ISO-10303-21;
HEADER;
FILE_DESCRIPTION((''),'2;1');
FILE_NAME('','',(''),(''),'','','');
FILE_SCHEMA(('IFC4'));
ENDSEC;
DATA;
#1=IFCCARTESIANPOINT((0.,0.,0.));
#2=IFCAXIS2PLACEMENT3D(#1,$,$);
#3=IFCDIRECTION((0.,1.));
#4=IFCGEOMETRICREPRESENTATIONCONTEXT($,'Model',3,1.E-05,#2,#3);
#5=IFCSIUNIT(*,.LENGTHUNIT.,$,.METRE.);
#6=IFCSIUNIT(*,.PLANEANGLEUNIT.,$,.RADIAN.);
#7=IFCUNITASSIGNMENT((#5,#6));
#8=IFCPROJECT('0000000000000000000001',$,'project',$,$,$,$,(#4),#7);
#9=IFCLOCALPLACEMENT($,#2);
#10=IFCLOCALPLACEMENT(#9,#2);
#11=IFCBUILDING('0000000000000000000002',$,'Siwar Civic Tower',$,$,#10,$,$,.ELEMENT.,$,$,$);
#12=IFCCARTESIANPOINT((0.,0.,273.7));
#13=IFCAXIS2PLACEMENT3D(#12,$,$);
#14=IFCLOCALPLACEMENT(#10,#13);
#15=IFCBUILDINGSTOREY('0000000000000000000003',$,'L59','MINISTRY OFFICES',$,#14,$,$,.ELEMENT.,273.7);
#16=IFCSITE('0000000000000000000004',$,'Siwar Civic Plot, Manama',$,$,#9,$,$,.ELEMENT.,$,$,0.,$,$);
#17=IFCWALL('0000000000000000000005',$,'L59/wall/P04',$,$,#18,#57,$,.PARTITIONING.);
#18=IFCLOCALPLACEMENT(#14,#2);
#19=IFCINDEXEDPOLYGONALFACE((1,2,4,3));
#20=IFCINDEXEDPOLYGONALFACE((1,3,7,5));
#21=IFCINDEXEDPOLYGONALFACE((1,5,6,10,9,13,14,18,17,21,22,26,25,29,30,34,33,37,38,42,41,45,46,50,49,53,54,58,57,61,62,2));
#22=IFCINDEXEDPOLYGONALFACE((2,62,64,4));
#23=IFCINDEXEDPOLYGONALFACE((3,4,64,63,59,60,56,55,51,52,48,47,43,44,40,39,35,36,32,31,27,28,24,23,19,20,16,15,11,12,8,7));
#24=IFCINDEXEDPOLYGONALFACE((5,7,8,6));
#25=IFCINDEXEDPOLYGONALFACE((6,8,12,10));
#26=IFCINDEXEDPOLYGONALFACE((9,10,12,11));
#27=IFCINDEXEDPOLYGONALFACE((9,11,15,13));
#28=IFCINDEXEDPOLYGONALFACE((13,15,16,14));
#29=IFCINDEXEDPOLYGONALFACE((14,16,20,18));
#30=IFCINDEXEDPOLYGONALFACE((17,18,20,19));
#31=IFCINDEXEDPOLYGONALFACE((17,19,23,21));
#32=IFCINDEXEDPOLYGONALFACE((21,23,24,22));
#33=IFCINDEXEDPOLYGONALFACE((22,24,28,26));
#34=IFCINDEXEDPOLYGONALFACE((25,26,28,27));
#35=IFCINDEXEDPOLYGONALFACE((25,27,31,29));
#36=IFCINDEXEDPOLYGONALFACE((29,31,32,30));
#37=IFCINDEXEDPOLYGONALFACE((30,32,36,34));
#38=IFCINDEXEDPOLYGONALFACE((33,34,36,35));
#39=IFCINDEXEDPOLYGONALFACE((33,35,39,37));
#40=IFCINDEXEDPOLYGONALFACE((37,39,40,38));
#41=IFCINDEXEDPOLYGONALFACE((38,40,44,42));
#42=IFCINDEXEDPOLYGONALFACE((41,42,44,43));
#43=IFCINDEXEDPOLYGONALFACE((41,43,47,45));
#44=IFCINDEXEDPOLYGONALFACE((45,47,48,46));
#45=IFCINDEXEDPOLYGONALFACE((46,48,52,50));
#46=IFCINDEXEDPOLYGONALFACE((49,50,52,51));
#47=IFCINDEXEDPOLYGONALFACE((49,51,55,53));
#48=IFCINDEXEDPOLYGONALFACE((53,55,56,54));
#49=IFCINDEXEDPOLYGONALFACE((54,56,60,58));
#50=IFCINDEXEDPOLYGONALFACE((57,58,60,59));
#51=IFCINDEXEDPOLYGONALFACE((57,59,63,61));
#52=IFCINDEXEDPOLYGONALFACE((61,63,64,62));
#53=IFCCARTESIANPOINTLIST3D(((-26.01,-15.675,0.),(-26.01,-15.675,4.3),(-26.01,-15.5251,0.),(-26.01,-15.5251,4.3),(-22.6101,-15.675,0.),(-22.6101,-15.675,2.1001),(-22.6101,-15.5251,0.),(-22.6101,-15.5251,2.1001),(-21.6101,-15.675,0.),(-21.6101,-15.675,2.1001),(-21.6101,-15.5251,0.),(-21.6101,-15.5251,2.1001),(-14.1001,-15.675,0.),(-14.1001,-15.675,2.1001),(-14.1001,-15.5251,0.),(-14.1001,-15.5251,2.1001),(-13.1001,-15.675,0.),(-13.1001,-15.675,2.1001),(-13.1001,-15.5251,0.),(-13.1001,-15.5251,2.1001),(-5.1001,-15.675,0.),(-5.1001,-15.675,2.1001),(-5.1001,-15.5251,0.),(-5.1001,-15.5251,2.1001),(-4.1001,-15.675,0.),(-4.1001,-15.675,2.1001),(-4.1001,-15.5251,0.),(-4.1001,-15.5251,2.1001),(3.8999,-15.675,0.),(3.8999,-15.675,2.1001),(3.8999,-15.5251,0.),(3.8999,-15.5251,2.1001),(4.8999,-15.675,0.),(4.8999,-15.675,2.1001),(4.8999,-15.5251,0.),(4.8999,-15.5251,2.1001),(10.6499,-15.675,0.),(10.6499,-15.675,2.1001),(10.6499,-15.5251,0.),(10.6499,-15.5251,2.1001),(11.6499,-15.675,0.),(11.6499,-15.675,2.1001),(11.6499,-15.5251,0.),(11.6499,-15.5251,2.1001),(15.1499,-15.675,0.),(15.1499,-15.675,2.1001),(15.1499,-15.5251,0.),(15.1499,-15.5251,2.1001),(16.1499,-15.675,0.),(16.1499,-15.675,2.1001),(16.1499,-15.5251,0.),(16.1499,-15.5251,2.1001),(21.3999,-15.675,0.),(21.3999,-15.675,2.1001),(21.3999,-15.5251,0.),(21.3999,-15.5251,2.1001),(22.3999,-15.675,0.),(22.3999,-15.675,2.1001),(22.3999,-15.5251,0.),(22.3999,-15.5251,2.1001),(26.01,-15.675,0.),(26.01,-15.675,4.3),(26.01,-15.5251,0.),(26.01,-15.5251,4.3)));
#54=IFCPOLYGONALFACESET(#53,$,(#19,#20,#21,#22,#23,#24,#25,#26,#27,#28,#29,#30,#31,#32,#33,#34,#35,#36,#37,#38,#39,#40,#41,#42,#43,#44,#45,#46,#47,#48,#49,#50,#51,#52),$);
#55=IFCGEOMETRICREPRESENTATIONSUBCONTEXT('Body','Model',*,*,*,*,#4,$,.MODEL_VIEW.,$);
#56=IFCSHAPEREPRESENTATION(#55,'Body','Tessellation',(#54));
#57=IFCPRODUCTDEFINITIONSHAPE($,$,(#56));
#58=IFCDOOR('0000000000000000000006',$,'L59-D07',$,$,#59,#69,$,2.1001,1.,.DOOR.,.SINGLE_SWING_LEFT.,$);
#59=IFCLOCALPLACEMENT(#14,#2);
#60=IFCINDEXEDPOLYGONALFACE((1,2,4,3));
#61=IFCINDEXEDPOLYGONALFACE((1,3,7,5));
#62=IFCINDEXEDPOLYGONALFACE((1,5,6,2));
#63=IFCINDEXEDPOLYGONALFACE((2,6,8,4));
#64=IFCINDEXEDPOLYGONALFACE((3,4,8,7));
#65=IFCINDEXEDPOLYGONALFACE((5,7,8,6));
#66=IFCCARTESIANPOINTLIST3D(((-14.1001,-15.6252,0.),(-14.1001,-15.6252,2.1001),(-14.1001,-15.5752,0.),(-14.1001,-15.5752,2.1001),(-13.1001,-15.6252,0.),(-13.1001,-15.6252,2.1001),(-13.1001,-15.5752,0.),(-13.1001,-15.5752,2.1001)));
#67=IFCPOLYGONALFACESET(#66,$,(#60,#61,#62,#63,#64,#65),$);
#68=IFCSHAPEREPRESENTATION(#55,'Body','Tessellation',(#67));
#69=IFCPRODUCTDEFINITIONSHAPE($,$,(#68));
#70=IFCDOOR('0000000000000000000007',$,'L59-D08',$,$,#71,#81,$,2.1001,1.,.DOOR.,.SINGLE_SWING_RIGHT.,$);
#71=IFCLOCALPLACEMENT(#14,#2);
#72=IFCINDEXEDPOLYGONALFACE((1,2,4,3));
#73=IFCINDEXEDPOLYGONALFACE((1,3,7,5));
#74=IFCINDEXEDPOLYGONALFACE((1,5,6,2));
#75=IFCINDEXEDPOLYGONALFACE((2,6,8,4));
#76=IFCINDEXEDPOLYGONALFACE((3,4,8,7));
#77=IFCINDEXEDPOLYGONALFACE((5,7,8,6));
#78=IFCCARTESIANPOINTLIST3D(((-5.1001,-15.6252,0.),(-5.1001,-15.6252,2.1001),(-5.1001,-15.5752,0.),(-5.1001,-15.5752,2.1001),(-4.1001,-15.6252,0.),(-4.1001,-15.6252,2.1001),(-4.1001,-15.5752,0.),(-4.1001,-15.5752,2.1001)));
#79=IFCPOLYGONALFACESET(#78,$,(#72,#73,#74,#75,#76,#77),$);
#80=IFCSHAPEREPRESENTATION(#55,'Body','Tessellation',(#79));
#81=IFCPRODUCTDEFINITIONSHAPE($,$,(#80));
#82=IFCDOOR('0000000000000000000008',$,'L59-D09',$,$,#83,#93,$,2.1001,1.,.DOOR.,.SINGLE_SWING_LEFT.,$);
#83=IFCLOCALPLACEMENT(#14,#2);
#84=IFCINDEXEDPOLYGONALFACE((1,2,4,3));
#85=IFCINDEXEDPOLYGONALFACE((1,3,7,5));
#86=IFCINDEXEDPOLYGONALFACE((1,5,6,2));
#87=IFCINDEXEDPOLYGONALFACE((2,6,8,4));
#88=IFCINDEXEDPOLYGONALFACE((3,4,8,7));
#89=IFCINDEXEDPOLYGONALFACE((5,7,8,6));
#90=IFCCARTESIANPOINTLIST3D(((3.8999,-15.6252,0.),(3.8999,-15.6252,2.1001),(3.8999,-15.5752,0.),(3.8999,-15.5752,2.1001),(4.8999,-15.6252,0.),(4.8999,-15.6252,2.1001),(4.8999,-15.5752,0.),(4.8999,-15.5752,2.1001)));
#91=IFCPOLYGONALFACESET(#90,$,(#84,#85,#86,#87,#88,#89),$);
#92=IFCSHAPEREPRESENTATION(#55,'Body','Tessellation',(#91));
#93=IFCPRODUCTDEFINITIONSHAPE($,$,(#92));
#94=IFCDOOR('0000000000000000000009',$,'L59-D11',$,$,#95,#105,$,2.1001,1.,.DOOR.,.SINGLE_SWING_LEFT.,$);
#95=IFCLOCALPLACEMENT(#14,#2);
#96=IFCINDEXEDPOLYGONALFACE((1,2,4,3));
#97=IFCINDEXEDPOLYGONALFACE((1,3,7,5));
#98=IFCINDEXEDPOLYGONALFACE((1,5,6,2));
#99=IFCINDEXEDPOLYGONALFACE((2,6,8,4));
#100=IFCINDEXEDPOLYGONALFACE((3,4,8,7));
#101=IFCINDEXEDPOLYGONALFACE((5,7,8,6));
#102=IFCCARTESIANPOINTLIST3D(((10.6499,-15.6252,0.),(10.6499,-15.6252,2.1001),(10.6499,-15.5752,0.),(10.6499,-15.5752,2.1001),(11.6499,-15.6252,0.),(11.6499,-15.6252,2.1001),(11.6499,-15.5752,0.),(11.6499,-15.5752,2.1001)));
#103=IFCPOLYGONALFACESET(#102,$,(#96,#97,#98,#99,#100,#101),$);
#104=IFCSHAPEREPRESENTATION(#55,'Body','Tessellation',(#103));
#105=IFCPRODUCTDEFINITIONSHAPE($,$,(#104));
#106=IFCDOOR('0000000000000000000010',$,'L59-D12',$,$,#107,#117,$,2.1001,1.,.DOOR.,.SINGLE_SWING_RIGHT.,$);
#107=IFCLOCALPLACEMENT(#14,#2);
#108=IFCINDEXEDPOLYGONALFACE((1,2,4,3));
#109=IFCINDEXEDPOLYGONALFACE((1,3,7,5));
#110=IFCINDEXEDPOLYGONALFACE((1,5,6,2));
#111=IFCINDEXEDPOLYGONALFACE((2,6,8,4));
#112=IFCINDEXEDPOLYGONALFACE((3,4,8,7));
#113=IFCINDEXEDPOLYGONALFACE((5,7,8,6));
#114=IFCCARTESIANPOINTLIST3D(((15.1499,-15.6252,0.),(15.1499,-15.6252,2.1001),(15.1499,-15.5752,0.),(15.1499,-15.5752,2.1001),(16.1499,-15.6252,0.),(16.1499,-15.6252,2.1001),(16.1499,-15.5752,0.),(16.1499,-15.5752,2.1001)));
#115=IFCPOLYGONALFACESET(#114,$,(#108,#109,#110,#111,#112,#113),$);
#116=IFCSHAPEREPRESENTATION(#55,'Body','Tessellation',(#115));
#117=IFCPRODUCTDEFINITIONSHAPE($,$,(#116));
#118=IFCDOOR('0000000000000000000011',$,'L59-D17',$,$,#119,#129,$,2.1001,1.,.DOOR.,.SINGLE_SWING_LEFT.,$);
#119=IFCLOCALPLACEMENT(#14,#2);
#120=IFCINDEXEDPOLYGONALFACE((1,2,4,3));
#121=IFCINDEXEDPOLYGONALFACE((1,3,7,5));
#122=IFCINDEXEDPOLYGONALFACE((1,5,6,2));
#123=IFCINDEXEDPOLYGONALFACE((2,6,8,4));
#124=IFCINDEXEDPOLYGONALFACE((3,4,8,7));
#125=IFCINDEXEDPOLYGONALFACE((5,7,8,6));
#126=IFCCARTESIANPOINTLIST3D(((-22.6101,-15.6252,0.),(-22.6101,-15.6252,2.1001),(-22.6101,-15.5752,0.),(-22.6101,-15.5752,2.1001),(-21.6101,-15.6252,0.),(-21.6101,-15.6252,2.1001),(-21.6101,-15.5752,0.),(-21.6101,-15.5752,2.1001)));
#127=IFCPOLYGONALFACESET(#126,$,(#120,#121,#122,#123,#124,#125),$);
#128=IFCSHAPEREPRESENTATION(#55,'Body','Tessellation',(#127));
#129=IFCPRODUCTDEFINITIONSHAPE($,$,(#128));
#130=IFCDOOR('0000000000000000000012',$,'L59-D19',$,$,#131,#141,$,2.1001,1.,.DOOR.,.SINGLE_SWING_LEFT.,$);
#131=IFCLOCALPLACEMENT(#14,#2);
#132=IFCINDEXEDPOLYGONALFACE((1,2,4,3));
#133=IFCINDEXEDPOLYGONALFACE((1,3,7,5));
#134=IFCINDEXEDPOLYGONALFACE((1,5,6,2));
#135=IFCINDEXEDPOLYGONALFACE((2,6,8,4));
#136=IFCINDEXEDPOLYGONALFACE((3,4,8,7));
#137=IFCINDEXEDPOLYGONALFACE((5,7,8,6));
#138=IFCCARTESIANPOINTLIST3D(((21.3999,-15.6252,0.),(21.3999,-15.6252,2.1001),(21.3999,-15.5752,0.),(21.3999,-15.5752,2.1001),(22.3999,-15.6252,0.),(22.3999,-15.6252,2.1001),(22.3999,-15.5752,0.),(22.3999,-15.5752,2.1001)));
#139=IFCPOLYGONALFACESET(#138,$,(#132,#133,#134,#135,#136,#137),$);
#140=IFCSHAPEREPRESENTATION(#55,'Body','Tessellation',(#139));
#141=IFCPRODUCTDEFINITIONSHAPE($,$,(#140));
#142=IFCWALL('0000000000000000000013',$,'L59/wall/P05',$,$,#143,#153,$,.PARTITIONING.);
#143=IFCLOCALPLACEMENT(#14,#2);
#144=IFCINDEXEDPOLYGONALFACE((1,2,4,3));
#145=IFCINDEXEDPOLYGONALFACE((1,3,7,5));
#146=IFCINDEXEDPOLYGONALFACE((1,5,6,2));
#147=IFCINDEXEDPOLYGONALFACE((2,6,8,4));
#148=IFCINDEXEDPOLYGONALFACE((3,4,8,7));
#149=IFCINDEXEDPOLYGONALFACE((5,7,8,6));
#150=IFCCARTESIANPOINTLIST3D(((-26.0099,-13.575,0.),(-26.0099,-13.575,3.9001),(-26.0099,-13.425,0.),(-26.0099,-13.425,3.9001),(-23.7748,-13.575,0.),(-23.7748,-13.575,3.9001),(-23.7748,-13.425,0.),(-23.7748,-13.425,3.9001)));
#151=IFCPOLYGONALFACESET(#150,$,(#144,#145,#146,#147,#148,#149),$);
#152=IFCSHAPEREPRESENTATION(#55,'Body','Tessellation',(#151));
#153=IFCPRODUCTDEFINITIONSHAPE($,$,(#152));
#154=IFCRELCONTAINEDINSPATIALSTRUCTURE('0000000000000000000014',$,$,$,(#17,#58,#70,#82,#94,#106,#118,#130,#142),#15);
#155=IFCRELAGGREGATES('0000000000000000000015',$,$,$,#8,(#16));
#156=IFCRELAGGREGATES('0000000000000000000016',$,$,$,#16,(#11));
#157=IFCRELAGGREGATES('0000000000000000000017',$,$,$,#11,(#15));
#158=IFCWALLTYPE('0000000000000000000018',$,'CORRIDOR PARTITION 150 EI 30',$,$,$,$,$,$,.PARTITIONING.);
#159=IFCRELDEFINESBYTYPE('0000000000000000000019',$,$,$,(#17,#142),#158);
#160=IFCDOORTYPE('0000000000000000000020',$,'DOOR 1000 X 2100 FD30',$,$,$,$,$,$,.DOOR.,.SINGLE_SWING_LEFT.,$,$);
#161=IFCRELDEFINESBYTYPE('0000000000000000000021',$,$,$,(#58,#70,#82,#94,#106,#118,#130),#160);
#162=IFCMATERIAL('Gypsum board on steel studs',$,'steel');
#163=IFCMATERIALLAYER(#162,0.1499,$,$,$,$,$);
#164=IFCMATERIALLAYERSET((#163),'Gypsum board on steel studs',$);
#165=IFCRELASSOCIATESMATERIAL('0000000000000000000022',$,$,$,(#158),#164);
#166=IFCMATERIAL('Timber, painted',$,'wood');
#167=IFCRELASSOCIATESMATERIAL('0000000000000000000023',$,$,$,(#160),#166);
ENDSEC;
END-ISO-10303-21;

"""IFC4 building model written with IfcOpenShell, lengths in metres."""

from ifc_helpers import new_model, si_unit, direction, frame, frame_2d, origin, place, context, subcontext, project, spatial, rectangle, extrude, material, layer, layer_set, type_object, element, fill, save


model = new_model("IFC4")

# Units and contexts
model_context = context("Model", 3, precision=1e-05, world=origin(), true_north=direction((0.0, 1.0)))
body_context = subcontext(model_context, "Body", "Model", "MODEL_VIEW")
ifc_project = project(units=[si_unit("LENGTHUNIT", "METRE"), si_unit("PLANEANGLEUNIT", "RADIAN")], contexts=[model_context])

# Site, building, storey
site_placement = place(None, origin())
site = spatial("IfcSite", under=ifc_project, at=site_placement, Name="Siwar Civic Plot, Manama", CompositionType="ELEMENT", RefElevation=0.0)
building_placement = place(site_placement, origin())
building = spatial("IfcBuilding", under=site, at=building_placement, Name="Siwar Civic Tower", CompositionType="ELEMENT")
storey_placement = place(building_placement, frame((0.0, 0.0, 273.7)))
storey = spatial("IfcBuildingStorey", under=building, at=storey_placement, Name="L59", Description="MINISTRY OFFICES", CompositionType="ELEMENT", Elevation=273.7)

# Wall, openings, doors
ifc_material_1 = material(Name="Gypsum board on steel studs", Category="steel")
ifc_layer_1 = layer(ifc_material_1, 0.1499)
ifc_layer_set_1 = layer_set([ifc_layer_1], Name="Gypsum board on steel studs")
wall_type_1 = type_object("IfcWallType", Name="CORRIDOR PARTITION 150 EI 30", PredefinedType="PARTITIONING", material=ifc_layer_set_1)
wall_1_placement = place(storey_placement, frame((-26.01, -15.6001, 0.0), z_axis=(0.0, 0.0, 1.0), x_axis=(1.0, 0.0, 0.0)))
wall_1 = element("IfcWall", 1, at=wall_1_placement, inside=storey, type_object=wall_type_1, Name="L59/wall/P04", PredefinedType="PARTITIONING", context=body_context, shape_type="SweptSolid", body=[
    extrude(rectangle(XDim=52.02, YDim=0.1499, at=frame_2d((26.01, 0.0))), origin(), (0.0, 0.0, 1.0), 4.3),
])
opening_1_placement = place(wall_1_placement, frame((11.9099, 0.0, 0.0)))
opening_1 = element("IfcOpeningElement", 2, at=opening_1_placement, cuts=wall_1, PredefinedType="OPENING", context=body_context, shape_type="SweptSolid", body=[
    extrude(rectangle(XDim=1.0, YDim=2.1001, at=frame_2d((0.5, 1.05))), frame((0.0, 0.085, 0.0), z_axis=(0.0, -1.0, 0.0), x_axis=(1.0, 0.0, 0.0)), (0.0, 0.0, 1.0), 0.1699),
])
opening_2_placement = place(wall_1_placement, frame((20.9099, 0.0, 0.0)))
opening_2 = element("IfcOpeningElement", 3, at=opening_2_placement, cuts=wall_1, PredefinedType="OPENING", context=body_context, shape_type="SweptSolid", body=[
    extrude(rectangle(XDim=1.0, YDim=2.1001, at=frame_2d((0.5, 1.05))), frame((0.0, 0.085, 0.0), z_axis=(0.0, -1.0, 0.0), x_axis=(1.0, 0.0, 0.0)), (0.0, 0.0, 1.0), 0.1699),
])
opening_3_placement = place(wall_1_placement, frame((29.9099, 0.0, 0.0)))
opening_3 = element("IfcOpeningElement", 4, at=opening_3_placement, cuts=wall_1, PredefinedType="OPENING", context=body_context, shape_type="SweptSolid", body=[
    extrude(rectangle(XDim=1.0, YDim=2.1001, at=frame_2d((0.5, 1.05))), frame((0.0, 0.085, 0.0), z_axis=(0.0, -1.0, 0.0), x_axis=(1.0, 0.0, 0.0)), (0.0, 0.0, 1.0), 0.1699),
])
opening_4_placement = place(wall_1_placement, frame((36.6599, 0.0, 0.0)))
opening_4 = element("IfcOpeningElement", 5, at=opening_4_placement, cuts=wall_1, PredefinedType="OPENING", context=body_context, shape_type="SweptSolid", body=[
    extrude(rectangle(XDim=1.0, YDim=2.1001, at=frame_2d((0.5, 1.05))), frame((0.0, 0.085, 0.0), z_axis=(0.0, -1.0, 0.0), x_axis=(1.0, 0.0, 0.0)), (0.0, 0.0, 1.0), 0.1699),
])
opening_5_placement = place(wall_1_placement, frame((41.1599, 0.0, 0.0)))
opening_5 = element("IfcOpeningElement", 6, at=opening_5_placement, cuts=wall_1, PredefinedType="OPENING", context=body_context, shape_type="SweptSolid", body=[
    extrude(rectangle(XDim=1.0, YDim=2.1001, at=frame_2d((0.5, 1.05))), frame((0.0, 0.085, 0.0), z_axis=(0.0, -1.0, 0.0), x_axis=(1.0, 0.0, 0.0)), (0.0, 0.0, 1.0), 0.1699),
])
opening_6_placement = place(wall_1_placement, frame((3.3999, 0.0, 0.0)))
opening_6 = element("IfcOpeningElement", 7, at=opening_6_placement, cuts=wall_1, PredefinedType="OPENING", context=body_context, shape_type="SweptSolid", body=[
    extrude(rectangle(XDim=1.0, YDim=2.1001, at=frame_2d((0.5, 1.05))), frame((0.0, 0.085, 0.0), z_axis=(0.0, -1.0, 0.0), x_axis=(1.0, 0.0, 0.0)), (0.0, 0.0, 1.0), 0.1699),
])
opening_7_placement = place(wall_1_placement, frame((47.4099, 0.0, 0.0)))
opening_7 = element("IfcOpeningElement", 8, at=opening_7_placement, cuts=wall_1, PredefinedType="OPENING", context=body_context, shape_type="SweptSolid", body=[
    extrude(rectangle(XDim=1.0, YDim=2.1001, at=frame_2d((0.5, 1.05))), frame((0.0, 0.085, 0.0), z_axis=(0.0, -1.0, 0.0), x_axis=(1.0, 0.0, 0.0)), (0.0, 0.0, 1.0), 0.1699),
])
ifc_material_2 = material(Name="Timber, painted", Category="wood")
door_type_1 = type_object("IfcDoorType", Name="DOOR 1000 X 2100 FD30", OperationType="SINGLE_SWING_LEFT", PredefinedType="DOOR", material=ifc_material_2)
door_1_placement = place(opening_1_placement, origin())
door_1 = element("IfcDoor", 9, at=door_1_placement, inside=storey, type_object=door_type_1, Name="L59-D07", OperationType="SINGLE_SWING_LEFT", OverallHeight=2.1001, OverallWidth=1.0, PredefinedType="DOOR", context=body_context, shape_type="SweptSolid", body=[
    extrude(rectangle(XDim=1.0, YDim=2.1001, at=frame_2d((0.5, 1.05))), frame((0.0, 0.0249, 0.0), z_axis=(0.0, -1.0, 0.0), x_axis=(1.0, 0.0, 0.0)), (0.0, 0.0, 1.0), 0.05),
])
fill(opening_1, door_1)
door_2_placement = place(opening_2_placement, origin())
door_2 = element("IfcDoor", 10, at=door_2_placement, inside=storey, type_object=door_type_1, Name="L59-D08", OperationType="SINGLE_SWING_RIGHT", OverallHeight=2.1001, OverallWidth=1.0, PredefinedType="DOOR", context=body_context, shape_type="SweptSolid", body=[
    extrude(rectangle(XDim=1.0, YDim=2.1001, at=frame_2d((0.5, 1.05))), frame((0.0, 0.0249, 0.0), z_axis=(0.0, -1.0, 0.0), x_axis=(1.0, 0.0, 0.0)), (0.0, 0.0, 1.0), 0.05),
])
fill(opening_2, door_2)
door_3_placement = place(opening_3_placement, origin())
door_3 = element("IfcDoor", 11, at=door_3_placement, inside=storey, type_object=door_type_1, Name="L59-D09", OperationType="SINGLE_SWING_LEFT", OverallHeight=2.1001, OverallWidth=1.0, PredefinedType="DOOR", context=body_context, shape_type="SweptSolid", body=[
    extrude(rectangle(XDim=1.0, YDim=2.1001, at=frame_2d((0.5, 1.05))), frame((0.0, 0.0249, 0.0), z_axis=(0.0, -1.0, 0.0), x_axis=(1.0, 0.0, 0.0)), (0.0, 0.0, 1.0), 0.05),
])
fill(opening_3, door_3)
door_4_placement = place(opening_4_placement, origin())
door_4 = element("IfcDoor", 12, at=door_4_placement, inside=storey, type_object=door_type_1, Name="L59-D11", OperationType="SINGLE_SWING_LEFT", OverallHeight=2.1001, OverallWidth=1.0, PredefinedType="DOOR", context=body_context, shape_type="SweptSolid", body=[
    extrude(rectangle(XDim=1.0, YDim=2.1001, at=frame_2d((0.5, 1.05))), frame((0.0, 0.0249, 0.0), z_axis=(0.0, -1.0, 0.0), x_axis=(1.0, 0.0, 0.0)), (0.0, 0.0, 1.0), 0.05),
])
fill(opening_4, door_4)
door_5_placement = place(opening_5_placement, origin())
door_5 = element("IfcDoor", 13, at=door_5_placement, inside=storey, type_object=door_type_1, Name="L59-D12", OperationType="SINGLE_SWING_RIGHT", OverallHeight=2.1001, OverallWidth=1.0, PredefinedType="DOOR", context=body_context, shape_type="SweptSolid", body=[
    extrude(rectangle(XDim=1.0, YDim=2.1001, at=frame_2d((0.5, 1.05))), frame((0.0, 0.0249, 0.0), z_axis=(0.0, -1.0, 0.0), x_axis=(1.0, 0.0, 0.0)), (0.0, 0.0, 1.0), 0.05),
])
fill(opening_5, door_5)
door_6_placement = place(opening_6_placement, origin())
door_6 = element("IfcDoor", 14, at=door_6_placement, inside=storey, type_object=door_type_1, Name="L59-D17", OperationType="SINGLE_SWING_LEFT", OverallHeight=2.1001, OverallWidth=1.0, PredefinedType="DOOR", context=body_context, shape_type="SweptSolid", body=[
    extrude(rectangle(XDim=1.0, YDim=2.1001, at=frame_2d((0.5, 1.05))), frame((0.0, 0.0249, 0.0), z_axis=(0.0, -1.0, 0.0), x_axis=(1.0, 0.0, 0.0)), (0.0, 0.0, 1.0), 0.05),
])
fill(opening_6, door_6)
door_7_placement = place(opening_7_placement, origin())
door_7 = element("IfcDoor", 15, at=door_7_placement, inside=storey, type_object=door_type_1, Name="L59-D19", OperationType="SINGLE_SWING_LEFT", OverallHeight=2.1001, OverallWidth=1.0, PredefinedType="DOOR", context=body_context, shape_type="SweptSolid", body=[
    extrude(rectangle(XDim=1.0, YDim=2.1001, at=frame_2d((0.5, 1.05))), frame((0.0, 0.0249, 0.0), z_axis=(0.0, -1.0, 0.0), x_axis=(1.0, 0.0, 0.0)), (0.0, 0.0, 1.0), 0.05),
])
fill(opening_7, door_7)

# Wall
wall_2_placement = place(storey_placement, frame((-26.01, -13.5, 0.0), z_axis=(0.0, 0.0, 1.0), x_axis=(1.0, 0.0, 0.0)))
element("IfcWall", 16, at=wall_2_placement, inside=storey, type_object=wall_type_1, Name="L59/wall/P05", PredefinedType="PARTITIONING", context=body_context, shape_type="SweptSolid", body=[
    extrude(rectangle(XDim=2.2351, YDim=0.1499, at=frame_2d((1.1177, 0.0))), origin(), (0.0, 0.0, 1.0), 3.9001),
])

save(model, "model.ifc")
